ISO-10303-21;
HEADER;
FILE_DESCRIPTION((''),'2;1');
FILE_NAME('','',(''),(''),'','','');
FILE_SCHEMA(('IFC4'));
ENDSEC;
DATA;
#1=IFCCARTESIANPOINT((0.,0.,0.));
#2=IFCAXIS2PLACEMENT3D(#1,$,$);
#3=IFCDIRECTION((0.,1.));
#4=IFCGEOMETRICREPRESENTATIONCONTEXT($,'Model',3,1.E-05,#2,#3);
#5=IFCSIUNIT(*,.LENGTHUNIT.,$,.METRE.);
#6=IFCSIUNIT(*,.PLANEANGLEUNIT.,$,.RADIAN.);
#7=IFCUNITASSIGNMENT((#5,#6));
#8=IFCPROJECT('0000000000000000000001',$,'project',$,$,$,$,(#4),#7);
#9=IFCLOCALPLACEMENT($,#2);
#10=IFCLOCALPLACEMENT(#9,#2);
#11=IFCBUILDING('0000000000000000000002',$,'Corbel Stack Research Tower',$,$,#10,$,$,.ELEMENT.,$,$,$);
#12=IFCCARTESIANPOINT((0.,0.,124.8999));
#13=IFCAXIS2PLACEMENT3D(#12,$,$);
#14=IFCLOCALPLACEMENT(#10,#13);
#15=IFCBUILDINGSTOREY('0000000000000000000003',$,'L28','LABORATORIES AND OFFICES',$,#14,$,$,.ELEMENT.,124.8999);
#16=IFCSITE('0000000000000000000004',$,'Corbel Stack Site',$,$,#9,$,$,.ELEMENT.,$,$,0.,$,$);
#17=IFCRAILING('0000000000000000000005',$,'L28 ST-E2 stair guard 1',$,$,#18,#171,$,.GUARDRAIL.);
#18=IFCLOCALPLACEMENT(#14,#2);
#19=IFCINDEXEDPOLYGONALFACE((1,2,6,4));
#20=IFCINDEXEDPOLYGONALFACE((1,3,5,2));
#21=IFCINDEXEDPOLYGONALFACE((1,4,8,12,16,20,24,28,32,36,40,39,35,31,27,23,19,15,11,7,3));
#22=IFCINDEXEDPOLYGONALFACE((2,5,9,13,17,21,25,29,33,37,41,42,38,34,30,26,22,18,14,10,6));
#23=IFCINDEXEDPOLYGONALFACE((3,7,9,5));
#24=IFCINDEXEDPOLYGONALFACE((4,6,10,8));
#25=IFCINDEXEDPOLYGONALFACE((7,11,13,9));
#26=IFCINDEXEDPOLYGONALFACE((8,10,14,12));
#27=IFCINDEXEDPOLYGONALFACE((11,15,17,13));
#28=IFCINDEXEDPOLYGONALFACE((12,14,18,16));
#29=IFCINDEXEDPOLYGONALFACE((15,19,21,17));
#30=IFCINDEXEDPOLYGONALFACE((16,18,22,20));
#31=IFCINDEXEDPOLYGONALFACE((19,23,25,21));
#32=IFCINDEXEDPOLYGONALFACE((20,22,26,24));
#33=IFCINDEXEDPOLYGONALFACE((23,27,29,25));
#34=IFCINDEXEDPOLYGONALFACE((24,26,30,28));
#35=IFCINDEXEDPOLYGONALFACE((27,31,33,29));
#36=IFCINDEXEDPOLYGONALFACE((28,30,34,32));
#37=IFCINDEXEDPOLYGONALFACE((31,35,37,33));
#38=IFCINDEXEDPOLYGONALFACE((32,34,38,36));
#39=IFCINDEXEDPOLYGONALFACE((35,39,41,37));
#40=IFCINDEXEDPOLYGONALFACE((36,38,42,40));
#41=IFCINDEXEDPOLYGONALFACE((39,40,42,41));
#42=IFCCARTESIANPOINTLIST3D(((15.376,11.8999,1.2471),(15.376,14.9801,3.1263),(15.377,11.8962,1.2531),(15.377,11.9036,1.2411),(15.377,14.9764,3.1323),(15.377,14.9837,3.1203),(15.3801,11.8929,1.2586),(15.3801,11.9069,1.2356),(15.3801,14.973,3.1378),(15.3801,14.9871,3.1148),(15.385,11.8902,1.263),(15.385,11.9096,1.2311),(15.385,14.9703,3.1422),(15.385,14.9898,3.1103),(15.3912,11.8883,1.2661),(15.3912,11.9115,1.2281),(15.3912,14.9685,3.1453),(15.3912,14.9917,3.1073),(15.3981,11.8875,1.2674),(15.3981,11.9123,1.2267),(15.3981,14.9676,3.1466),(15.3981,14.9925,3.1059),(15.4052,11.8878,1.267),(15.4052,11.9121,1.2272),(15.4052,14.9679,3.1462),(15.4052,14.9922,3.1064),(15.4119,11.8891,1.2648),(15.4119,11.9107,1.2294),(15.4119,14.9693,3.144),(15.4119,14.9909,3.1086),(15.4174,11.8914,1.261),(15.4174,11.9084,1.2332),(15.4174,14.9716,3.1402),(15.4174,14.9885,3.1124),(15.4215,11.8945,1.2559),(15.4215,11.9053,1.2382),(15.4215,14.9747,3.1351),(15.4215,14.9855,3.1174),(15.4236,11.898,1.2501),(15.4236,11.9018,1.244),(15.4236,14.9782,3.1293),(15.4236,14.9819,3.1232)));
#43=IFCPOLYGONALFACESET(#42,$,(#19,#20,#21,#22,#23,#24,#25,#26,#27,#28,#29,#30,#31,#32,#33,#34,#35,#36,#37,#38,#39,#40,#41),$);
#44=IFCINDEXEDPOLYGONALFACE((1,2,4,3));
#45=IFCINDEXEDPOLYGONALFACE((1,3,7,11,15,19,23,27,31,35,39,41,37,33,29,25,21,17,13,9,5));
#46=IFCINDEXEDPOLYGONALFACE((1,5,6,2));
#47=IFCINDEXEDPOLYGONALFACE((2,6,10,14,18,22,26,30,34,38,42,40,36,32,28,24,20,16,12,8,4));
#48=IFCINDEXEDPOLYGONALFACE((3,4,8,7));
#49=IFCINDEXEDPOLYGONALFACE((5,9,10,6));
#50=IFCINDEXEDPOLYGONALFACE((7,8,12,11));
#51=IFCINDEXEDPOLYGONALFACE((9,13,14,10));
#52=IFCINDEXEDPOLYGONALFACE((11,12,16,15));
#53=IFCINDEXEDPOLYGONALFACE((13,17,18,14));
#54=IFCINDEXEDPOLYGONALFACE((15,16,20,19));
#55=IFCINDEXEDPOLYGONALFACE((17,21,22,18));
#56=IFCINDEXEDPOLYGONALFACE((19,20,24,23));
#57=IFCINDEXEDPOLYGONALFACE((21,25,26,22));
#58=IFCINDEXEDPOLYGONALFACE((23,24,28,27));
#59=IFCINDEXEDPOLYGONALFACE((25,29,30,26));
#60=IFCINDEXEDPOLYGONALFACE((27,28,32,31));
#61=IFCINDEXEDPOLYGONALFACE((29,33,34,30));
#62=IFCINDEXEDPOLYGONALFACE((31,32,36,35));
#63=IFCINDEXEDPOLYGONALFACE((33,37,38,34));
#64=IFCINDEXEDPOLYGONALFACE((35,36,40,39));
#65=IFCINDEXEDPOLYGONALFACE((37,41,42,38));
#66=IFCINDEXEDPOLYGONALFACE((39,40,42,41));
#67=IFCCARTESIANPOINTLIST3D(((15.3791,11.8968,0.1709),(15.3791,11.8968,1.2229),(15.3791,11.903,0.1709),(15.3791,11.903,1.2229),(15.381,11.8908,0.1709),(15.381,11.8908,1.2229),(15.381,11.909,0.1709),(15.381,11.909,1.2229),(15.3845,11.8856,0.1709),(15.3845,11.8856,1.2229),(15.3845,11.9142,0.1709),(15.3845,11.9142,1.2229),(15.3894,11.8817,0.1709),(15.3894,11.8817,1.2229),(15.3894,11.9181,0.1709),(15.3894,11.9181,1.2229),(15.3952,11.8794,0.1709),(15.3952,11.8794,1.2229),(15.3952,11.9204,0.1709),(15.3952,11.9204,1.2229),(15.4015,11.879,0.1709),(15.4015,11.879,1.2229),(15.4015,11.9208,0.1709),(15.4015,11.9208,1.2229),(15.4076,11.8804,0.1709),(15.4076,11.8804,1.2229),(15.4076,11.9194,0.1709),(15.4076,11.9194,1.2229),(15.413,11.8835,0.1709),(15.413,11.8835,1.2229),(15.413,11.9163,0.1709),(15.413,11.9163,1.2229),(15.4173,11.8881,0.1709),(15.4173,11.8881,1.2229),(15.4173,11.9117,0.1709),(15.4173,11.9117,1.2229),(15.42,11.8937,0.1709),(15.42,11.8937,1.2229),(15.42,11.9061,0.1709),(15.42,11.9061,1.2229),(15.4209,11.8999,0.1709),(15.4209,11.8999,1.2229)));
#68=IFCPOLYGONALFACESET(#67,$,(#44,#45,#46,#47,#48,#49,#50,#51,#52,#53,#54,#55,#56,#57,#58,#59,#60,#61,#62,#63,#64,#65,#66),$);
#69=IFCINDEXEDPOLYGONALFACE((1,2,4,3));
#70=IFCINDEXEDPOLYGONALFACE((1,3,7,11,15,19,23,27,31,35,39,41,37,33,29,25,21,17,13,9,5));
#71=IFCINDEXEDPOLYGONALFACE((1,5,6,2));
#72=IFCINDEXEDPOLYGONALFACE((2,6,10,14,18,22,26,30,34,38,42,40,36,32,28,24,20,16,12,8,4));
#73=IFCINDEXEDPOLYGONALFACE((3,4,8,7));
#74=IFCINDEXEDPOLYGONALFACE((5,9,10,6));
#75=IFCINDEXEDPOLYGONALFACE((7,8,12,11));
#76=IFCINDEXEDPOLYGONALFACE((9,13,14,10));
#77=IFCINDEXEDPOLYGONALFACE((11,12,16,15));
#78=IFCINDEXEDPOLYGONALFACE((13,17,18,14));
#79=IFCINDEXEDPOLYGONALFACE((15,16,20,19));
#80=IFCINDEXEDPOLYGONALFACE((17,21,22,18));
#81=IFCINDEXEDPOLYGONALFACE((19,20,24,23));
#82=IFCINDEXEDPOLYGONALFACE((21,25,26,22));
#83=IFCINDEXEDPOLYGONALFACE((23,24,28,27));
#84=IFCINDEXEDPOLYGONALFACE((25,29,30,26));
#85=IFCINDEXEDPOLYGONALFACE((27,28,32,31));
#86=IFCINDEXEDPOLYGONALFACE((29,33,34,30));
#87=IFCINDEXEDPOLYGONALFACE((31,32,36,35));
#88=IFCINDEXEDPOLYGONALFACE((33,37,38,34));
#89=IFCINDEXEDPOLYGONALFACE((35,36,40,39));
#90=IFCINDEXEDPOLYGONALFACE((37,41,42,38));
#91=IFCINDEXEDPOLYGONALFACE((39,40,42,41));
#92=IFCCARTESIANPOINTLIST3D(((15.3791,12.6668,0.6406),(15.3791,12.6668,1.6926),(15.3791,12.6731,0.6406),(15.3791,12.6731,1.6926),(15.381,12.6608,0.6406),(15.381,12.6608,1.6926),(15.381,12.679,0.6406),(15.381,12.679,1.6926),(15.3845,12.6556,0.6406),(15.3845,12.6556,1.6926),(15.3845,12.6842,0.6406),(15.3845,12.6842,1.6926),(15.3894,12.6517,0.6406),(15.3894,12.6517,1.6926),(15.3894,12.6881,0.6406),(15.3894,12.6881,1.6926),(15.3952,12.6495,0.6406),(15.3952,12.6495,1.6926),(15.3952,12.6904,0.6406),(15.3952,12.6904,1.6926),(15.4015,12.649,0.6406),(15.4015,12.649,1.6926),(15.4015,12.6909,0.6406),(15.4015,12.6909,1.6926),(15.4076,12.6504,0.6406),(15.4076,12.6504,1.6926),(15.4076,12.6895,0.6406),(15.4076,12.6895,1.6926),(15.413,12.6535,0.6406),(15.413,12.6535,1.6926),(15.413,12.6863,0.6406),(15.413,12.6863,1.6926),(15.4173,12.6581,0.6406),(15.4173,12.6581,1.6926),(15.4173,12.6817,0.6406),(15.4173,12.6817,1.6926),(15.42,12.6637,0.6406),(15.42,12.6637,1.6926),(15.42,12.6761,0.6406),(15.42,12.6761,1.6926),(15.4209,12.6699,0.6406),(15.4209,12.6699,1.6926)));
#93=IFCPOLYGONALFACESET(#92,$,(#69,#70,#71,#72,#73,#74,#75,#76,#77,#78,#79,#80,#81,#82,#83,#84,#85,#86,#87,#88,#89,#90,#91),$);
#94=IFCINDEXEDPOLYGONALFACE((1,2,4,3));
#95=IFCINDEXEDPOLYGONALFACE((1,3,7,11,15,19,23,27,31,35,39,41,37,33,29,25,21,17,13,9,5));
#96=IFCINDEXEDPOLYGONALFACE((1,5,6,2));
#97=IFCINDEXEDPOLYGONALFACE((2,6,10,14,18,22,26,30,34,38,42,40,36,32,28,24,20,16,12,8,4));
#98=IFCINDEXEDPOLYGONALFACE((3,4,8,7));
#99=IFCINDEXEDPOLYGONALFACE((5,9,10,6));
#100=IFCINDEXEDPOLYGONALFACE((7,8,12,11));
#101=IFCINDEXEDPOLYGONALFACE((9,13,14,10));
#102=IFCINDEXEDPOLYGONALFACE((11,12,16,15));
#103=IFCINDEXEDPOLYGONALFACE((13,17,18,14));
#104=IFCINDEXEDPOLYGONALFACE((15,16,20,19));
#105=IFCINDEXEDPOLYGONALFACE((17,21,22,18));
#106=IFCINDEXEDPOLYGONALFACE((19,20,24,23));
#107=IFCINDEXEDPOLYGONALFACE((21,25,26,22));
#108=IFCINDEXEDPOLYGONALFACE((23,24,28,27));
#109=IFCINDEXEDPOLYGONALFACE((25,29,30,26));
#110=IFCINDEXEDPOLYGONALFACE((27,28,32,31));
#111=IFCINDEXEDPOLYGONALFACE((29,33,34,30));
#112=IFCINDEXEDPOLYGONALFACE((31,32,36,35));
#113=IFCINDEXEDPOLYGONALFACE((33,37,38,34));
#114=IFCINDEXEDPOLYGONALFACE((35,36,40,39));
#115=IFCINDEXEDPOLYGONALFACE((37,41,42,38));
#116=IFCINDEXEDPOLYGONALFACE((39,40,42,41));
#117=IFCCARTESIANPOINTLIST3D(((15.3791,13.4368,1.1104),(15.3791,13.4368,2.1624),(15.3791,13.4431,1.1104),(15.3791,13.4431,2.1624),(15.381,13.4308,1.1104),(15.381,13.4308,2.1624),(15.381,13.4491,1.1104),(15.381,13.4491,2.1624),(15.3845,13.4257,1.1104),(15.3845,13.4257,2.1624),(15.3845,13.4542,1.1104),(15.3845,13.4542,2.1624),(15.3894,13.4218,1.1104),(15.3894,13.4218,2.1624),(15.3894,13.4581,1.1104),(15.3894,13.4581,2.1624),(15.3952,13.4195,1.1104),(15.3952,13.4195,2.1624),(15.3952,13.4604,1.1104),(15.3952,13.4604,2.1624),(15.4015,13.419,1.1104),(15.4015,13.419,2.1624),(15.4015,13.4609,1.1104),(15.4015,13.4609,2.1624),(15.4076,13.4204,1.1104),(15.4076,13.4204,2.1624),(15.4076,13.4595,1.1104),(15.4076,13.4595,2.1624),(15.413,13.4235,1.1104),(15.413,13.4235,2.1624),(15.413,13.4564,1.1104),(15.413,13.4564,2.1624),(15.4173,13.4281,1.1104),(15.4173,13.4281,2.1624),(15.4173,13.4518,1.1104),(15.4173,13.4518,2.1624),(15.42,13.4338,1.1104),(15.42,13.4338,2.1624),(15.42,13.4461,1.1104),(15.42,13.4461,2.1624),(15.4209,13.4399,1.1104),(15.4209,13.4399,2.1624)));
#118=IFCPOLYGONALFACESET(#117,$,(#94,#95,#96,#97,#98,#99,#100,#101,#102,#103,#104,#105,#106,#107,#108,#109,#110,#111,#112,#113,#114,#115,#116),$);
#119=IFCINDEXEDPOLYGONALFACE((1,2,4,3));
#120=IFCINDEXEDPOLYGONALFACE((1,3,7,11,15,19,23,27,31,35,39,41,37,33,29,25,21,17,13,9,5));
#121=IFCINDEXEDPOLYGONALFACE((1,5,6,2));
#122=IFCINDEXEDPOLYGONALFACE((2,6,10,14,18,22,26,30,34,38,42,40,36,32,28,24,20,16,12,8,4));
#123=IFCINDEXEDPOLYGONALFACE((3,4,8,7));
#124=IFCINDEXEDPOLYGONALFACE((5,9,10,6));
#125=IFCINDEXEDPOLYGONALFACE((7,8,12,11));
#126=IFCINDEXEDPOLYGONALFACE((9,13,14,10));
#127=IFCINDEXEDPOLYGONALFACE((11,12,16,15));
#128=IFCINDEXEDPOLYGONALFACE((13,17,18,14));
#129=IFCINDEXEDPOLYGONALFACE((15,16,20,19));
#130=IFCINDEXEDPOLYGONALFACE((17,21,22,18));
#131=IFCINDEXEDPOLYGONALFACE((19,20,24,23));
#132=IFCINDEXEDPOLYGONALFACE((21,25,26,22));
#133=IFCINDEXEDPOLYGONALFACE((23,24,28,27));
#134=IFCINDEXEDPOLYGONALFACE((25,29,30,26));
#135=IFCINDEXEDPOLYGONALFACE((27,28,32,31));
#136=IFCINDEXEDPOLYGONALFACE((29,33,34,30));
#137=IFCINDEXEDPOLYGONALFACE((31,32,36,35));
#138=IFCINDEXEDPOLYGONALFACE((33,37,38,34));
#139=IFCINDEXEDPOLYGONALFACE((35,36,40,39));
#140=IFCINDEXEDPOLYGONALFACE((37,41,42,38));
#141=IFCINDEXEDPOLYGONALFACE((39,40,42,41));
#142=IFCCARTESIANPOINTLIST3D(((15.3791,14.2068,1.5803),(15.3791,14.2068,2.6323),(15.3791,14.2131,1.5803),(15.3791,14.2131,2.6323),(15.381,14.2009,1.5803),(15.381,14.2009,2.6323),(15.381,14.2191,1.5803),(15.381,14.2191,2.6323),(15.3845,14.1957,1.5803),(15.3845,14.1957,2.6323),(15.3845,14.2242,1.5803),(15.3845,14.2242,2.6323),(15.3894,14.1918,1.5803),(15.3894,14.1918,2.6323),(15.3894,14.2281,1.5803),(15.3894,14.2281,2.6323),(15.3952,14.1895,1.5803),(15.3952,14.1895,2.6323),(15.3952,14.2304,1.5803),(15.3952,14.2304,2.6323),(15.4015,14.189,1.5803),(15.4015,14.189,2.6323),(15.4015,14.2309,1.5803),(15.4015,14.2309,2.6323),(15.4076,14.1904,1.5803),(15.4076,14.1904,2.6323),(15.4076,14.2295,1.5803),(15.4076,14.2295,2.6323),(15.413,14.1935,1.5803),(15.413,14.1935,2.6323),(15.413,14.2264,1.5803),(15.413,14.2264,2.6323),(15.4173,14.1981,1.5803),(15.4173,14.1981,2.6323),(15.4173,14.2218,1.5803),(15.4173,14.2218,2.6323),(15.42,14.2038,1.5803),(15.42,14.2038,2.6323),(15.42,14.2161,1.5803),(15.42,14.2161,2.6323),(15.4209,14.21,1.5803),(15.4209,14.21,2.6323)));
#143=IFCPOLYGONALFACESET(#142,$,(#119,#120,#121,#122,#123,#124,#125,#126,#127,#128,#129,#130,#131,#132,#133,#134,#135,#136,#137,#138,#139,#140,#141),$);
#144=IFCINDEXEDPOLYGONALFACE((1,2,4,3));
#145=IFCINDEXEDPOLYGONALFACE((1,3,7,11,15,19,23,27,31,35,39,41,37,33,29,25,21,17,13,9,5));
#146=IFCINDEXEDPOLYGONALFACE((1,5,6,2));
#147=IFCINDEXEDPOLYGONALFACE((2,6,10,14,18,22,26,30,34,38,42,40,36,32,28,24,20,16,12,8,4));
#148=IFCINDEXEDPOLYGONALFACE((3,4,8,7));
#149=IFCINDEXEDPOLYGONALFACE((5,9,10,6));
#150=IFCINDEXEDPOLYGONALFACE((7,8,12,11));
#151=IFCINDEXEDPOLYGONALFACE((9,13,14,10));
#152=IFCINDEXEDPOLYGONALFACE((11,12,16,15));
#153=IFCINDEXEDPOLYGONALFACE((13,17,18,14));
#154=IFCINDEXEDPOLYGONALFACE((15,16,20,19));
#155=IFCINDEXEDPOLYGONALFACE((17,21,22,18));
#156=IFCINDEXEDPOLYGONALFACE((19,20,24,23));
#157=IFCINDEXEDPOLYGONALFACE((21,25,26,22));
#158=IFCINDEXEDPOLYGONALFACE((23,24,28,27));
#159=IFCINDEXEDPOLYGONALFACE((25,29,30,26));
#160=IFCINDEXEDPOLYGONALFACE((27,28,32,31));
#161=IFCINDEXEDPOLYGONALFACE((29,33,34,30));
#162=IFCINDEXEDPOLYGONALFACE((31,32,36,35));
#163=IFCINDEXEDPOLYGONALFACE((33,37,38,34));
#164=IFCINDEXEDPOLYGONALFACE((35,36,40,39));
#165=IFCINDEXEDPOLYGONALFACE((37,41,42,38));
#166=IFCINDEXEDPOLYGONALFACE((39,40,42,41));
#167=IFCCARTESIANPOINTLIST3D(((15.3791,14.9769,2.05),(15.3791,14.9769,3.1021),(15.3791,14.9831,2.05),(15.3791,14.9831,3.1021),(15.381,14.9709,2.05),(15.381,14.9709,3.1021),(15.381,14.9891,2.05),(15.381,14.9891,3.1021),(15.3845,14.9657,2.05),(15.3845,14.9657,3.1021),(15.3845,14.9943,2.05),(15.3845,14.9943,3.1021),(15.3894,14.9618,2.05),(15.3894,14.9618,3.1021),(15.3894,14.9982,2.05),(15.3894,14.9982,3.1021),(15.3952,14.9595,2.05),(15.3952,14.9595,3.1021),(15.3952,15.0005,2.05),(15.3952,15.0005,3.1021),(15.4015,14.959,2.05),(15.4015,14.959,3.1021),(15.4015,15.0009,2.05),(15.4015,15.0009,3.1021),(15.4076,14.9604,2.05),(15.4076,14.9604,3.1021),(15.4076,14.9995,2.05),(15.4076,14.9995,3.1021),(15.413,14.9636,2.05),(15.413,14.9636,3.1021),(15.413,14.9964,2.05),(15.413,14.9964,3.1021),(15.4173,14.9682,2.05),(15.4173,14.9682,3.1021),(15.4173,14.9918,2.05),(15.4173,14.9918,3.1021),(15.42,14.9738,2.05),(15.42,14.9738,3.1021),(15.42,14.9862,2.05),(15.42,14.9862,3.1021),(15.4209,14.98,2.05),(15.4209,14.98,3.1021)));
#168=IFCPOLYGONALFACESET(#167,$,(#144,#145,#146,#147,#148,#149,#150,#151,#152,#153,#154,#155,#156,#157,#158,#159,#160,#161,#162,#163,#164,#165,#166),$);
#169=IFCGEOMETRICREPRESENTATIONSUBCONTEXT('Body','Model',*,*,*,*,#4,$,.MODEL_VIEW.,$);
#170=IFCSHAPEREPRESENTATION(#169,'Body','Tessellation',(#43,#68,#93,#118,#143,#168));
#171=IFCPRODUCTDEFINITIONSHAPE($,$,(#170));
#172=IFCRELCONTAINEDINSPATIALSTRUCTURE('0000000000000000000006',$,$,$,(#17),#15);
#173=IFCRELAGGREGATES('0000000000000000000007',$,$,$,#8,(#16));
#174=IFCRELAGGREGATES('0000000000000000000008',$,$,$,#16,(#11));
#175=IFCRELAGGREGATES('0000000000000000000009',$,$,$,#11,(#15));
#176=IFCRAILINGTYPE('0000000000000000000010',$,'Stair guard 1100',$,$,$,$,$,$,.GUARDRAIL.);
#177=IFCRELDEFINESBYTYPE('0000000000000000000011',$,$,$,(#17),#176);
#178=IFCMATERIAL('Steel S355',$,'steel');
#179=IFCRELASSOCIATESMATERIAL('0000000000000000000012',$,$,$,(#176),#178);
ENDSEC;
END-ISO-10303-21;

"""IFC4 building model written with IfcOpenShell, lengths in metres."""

from ifc_helpers import new_model, si_unit, direction, frame, origin, origin_2d, place, context, subcontext, project, spatial, circle, extrude, material, type_object, element, save


model = new_model("IFC4")

# Units and contexts
model_context = context("Model", 3, precision=1e-05, world=origin(), true_north=direction((0.0, 1.0)))
body_context = subcontext(model_context, "Body", "Model", "MODEL_VIEW")
ifc_project = project(units=[si_unit("LENGTHUNIT", "METRE"), si_unit("PLANEANGLEUNIT", "RADIAN")], contexts=[model_context])

# Site, building, storey
site_placement = place(None, origin())
site = spatial("IfcSite", under=ifc_project, at=site_placement, Name="Corbel Stack Site", CompositionType="ELEMENT", RefElevation=0.0)
building_placement = place(site_placement, origin())
building = spatial("IfcBuilding", under=site, at=building_placement, Name="Corbel Stack Research Tower", CompositionType="ELEMENT")
storey_placement = place(building_placement, frame((0.0, 0.0, 124.8999)))
storey = spatial("IfcBuildingStorey", under=building, at=storey_placement, Name="L28", Description="LABORATORIES AND OFFICES", CompositionType="ELEMENT", Elevation=124.8999)

# Railing
ifc_material_1 = material(Name="Steel S355", Category="steel")
railing_type_1 = type_object("IfcRailingType", Name="Stair guard 1100", PredefinedType="GUARDRAIL", material=ifc_material_1)
railing_1_placement = place(storey_placement, frame((15.3999, 11.8999, 0.1709)))
element("IfcRailing", 1, at=railing_1_placement, inside=storey, type_object=railing_type_1, Name="L28 ST-E2 stair guard 1", PredefinedType="GUARDRAIL", context=body_context, shape_type="SweptSolid", body=[
    extrude(circle(Radius=0.0239, at=origin_2d()), frame((0.0, 0.0, 1.0762), z_axis=(0.0, 0.853666, 0.52082), x_axis=(-1.0, 0.0, 0.0)), (0.0, 0.0, 1.0), 3.6082),
    extrude(circle(Radius=0.021, at=origin_2d()), origin(), (0.0, 0.0, 1.0), 1.052),
    extrude(circle(Radius=0.021, at=origin_2d()), frame((0.0, 0.77, 0.4697)), (0.0, 0.0, 1.0), 1.052),
    extrude(circle(Radius=0.021, at=origin_2d()), frame((0.0, 1.54, 0.9395)), (0.0, 0.0, 1.0), 1.052),
    extrude(circle(Radius=0.021, at=origin_2d()), frame((0.0, 2.3101, 1.4094)), (0.0, 0.0, 1.0), 1.052),
    extrude(circle(Radius=0.021, at=origin_2d()), frame((0.0, 3.0801, 1.8792)), (0.0, 0.0, 1.0), 1.052),
])

save(model, "model.ifc")
